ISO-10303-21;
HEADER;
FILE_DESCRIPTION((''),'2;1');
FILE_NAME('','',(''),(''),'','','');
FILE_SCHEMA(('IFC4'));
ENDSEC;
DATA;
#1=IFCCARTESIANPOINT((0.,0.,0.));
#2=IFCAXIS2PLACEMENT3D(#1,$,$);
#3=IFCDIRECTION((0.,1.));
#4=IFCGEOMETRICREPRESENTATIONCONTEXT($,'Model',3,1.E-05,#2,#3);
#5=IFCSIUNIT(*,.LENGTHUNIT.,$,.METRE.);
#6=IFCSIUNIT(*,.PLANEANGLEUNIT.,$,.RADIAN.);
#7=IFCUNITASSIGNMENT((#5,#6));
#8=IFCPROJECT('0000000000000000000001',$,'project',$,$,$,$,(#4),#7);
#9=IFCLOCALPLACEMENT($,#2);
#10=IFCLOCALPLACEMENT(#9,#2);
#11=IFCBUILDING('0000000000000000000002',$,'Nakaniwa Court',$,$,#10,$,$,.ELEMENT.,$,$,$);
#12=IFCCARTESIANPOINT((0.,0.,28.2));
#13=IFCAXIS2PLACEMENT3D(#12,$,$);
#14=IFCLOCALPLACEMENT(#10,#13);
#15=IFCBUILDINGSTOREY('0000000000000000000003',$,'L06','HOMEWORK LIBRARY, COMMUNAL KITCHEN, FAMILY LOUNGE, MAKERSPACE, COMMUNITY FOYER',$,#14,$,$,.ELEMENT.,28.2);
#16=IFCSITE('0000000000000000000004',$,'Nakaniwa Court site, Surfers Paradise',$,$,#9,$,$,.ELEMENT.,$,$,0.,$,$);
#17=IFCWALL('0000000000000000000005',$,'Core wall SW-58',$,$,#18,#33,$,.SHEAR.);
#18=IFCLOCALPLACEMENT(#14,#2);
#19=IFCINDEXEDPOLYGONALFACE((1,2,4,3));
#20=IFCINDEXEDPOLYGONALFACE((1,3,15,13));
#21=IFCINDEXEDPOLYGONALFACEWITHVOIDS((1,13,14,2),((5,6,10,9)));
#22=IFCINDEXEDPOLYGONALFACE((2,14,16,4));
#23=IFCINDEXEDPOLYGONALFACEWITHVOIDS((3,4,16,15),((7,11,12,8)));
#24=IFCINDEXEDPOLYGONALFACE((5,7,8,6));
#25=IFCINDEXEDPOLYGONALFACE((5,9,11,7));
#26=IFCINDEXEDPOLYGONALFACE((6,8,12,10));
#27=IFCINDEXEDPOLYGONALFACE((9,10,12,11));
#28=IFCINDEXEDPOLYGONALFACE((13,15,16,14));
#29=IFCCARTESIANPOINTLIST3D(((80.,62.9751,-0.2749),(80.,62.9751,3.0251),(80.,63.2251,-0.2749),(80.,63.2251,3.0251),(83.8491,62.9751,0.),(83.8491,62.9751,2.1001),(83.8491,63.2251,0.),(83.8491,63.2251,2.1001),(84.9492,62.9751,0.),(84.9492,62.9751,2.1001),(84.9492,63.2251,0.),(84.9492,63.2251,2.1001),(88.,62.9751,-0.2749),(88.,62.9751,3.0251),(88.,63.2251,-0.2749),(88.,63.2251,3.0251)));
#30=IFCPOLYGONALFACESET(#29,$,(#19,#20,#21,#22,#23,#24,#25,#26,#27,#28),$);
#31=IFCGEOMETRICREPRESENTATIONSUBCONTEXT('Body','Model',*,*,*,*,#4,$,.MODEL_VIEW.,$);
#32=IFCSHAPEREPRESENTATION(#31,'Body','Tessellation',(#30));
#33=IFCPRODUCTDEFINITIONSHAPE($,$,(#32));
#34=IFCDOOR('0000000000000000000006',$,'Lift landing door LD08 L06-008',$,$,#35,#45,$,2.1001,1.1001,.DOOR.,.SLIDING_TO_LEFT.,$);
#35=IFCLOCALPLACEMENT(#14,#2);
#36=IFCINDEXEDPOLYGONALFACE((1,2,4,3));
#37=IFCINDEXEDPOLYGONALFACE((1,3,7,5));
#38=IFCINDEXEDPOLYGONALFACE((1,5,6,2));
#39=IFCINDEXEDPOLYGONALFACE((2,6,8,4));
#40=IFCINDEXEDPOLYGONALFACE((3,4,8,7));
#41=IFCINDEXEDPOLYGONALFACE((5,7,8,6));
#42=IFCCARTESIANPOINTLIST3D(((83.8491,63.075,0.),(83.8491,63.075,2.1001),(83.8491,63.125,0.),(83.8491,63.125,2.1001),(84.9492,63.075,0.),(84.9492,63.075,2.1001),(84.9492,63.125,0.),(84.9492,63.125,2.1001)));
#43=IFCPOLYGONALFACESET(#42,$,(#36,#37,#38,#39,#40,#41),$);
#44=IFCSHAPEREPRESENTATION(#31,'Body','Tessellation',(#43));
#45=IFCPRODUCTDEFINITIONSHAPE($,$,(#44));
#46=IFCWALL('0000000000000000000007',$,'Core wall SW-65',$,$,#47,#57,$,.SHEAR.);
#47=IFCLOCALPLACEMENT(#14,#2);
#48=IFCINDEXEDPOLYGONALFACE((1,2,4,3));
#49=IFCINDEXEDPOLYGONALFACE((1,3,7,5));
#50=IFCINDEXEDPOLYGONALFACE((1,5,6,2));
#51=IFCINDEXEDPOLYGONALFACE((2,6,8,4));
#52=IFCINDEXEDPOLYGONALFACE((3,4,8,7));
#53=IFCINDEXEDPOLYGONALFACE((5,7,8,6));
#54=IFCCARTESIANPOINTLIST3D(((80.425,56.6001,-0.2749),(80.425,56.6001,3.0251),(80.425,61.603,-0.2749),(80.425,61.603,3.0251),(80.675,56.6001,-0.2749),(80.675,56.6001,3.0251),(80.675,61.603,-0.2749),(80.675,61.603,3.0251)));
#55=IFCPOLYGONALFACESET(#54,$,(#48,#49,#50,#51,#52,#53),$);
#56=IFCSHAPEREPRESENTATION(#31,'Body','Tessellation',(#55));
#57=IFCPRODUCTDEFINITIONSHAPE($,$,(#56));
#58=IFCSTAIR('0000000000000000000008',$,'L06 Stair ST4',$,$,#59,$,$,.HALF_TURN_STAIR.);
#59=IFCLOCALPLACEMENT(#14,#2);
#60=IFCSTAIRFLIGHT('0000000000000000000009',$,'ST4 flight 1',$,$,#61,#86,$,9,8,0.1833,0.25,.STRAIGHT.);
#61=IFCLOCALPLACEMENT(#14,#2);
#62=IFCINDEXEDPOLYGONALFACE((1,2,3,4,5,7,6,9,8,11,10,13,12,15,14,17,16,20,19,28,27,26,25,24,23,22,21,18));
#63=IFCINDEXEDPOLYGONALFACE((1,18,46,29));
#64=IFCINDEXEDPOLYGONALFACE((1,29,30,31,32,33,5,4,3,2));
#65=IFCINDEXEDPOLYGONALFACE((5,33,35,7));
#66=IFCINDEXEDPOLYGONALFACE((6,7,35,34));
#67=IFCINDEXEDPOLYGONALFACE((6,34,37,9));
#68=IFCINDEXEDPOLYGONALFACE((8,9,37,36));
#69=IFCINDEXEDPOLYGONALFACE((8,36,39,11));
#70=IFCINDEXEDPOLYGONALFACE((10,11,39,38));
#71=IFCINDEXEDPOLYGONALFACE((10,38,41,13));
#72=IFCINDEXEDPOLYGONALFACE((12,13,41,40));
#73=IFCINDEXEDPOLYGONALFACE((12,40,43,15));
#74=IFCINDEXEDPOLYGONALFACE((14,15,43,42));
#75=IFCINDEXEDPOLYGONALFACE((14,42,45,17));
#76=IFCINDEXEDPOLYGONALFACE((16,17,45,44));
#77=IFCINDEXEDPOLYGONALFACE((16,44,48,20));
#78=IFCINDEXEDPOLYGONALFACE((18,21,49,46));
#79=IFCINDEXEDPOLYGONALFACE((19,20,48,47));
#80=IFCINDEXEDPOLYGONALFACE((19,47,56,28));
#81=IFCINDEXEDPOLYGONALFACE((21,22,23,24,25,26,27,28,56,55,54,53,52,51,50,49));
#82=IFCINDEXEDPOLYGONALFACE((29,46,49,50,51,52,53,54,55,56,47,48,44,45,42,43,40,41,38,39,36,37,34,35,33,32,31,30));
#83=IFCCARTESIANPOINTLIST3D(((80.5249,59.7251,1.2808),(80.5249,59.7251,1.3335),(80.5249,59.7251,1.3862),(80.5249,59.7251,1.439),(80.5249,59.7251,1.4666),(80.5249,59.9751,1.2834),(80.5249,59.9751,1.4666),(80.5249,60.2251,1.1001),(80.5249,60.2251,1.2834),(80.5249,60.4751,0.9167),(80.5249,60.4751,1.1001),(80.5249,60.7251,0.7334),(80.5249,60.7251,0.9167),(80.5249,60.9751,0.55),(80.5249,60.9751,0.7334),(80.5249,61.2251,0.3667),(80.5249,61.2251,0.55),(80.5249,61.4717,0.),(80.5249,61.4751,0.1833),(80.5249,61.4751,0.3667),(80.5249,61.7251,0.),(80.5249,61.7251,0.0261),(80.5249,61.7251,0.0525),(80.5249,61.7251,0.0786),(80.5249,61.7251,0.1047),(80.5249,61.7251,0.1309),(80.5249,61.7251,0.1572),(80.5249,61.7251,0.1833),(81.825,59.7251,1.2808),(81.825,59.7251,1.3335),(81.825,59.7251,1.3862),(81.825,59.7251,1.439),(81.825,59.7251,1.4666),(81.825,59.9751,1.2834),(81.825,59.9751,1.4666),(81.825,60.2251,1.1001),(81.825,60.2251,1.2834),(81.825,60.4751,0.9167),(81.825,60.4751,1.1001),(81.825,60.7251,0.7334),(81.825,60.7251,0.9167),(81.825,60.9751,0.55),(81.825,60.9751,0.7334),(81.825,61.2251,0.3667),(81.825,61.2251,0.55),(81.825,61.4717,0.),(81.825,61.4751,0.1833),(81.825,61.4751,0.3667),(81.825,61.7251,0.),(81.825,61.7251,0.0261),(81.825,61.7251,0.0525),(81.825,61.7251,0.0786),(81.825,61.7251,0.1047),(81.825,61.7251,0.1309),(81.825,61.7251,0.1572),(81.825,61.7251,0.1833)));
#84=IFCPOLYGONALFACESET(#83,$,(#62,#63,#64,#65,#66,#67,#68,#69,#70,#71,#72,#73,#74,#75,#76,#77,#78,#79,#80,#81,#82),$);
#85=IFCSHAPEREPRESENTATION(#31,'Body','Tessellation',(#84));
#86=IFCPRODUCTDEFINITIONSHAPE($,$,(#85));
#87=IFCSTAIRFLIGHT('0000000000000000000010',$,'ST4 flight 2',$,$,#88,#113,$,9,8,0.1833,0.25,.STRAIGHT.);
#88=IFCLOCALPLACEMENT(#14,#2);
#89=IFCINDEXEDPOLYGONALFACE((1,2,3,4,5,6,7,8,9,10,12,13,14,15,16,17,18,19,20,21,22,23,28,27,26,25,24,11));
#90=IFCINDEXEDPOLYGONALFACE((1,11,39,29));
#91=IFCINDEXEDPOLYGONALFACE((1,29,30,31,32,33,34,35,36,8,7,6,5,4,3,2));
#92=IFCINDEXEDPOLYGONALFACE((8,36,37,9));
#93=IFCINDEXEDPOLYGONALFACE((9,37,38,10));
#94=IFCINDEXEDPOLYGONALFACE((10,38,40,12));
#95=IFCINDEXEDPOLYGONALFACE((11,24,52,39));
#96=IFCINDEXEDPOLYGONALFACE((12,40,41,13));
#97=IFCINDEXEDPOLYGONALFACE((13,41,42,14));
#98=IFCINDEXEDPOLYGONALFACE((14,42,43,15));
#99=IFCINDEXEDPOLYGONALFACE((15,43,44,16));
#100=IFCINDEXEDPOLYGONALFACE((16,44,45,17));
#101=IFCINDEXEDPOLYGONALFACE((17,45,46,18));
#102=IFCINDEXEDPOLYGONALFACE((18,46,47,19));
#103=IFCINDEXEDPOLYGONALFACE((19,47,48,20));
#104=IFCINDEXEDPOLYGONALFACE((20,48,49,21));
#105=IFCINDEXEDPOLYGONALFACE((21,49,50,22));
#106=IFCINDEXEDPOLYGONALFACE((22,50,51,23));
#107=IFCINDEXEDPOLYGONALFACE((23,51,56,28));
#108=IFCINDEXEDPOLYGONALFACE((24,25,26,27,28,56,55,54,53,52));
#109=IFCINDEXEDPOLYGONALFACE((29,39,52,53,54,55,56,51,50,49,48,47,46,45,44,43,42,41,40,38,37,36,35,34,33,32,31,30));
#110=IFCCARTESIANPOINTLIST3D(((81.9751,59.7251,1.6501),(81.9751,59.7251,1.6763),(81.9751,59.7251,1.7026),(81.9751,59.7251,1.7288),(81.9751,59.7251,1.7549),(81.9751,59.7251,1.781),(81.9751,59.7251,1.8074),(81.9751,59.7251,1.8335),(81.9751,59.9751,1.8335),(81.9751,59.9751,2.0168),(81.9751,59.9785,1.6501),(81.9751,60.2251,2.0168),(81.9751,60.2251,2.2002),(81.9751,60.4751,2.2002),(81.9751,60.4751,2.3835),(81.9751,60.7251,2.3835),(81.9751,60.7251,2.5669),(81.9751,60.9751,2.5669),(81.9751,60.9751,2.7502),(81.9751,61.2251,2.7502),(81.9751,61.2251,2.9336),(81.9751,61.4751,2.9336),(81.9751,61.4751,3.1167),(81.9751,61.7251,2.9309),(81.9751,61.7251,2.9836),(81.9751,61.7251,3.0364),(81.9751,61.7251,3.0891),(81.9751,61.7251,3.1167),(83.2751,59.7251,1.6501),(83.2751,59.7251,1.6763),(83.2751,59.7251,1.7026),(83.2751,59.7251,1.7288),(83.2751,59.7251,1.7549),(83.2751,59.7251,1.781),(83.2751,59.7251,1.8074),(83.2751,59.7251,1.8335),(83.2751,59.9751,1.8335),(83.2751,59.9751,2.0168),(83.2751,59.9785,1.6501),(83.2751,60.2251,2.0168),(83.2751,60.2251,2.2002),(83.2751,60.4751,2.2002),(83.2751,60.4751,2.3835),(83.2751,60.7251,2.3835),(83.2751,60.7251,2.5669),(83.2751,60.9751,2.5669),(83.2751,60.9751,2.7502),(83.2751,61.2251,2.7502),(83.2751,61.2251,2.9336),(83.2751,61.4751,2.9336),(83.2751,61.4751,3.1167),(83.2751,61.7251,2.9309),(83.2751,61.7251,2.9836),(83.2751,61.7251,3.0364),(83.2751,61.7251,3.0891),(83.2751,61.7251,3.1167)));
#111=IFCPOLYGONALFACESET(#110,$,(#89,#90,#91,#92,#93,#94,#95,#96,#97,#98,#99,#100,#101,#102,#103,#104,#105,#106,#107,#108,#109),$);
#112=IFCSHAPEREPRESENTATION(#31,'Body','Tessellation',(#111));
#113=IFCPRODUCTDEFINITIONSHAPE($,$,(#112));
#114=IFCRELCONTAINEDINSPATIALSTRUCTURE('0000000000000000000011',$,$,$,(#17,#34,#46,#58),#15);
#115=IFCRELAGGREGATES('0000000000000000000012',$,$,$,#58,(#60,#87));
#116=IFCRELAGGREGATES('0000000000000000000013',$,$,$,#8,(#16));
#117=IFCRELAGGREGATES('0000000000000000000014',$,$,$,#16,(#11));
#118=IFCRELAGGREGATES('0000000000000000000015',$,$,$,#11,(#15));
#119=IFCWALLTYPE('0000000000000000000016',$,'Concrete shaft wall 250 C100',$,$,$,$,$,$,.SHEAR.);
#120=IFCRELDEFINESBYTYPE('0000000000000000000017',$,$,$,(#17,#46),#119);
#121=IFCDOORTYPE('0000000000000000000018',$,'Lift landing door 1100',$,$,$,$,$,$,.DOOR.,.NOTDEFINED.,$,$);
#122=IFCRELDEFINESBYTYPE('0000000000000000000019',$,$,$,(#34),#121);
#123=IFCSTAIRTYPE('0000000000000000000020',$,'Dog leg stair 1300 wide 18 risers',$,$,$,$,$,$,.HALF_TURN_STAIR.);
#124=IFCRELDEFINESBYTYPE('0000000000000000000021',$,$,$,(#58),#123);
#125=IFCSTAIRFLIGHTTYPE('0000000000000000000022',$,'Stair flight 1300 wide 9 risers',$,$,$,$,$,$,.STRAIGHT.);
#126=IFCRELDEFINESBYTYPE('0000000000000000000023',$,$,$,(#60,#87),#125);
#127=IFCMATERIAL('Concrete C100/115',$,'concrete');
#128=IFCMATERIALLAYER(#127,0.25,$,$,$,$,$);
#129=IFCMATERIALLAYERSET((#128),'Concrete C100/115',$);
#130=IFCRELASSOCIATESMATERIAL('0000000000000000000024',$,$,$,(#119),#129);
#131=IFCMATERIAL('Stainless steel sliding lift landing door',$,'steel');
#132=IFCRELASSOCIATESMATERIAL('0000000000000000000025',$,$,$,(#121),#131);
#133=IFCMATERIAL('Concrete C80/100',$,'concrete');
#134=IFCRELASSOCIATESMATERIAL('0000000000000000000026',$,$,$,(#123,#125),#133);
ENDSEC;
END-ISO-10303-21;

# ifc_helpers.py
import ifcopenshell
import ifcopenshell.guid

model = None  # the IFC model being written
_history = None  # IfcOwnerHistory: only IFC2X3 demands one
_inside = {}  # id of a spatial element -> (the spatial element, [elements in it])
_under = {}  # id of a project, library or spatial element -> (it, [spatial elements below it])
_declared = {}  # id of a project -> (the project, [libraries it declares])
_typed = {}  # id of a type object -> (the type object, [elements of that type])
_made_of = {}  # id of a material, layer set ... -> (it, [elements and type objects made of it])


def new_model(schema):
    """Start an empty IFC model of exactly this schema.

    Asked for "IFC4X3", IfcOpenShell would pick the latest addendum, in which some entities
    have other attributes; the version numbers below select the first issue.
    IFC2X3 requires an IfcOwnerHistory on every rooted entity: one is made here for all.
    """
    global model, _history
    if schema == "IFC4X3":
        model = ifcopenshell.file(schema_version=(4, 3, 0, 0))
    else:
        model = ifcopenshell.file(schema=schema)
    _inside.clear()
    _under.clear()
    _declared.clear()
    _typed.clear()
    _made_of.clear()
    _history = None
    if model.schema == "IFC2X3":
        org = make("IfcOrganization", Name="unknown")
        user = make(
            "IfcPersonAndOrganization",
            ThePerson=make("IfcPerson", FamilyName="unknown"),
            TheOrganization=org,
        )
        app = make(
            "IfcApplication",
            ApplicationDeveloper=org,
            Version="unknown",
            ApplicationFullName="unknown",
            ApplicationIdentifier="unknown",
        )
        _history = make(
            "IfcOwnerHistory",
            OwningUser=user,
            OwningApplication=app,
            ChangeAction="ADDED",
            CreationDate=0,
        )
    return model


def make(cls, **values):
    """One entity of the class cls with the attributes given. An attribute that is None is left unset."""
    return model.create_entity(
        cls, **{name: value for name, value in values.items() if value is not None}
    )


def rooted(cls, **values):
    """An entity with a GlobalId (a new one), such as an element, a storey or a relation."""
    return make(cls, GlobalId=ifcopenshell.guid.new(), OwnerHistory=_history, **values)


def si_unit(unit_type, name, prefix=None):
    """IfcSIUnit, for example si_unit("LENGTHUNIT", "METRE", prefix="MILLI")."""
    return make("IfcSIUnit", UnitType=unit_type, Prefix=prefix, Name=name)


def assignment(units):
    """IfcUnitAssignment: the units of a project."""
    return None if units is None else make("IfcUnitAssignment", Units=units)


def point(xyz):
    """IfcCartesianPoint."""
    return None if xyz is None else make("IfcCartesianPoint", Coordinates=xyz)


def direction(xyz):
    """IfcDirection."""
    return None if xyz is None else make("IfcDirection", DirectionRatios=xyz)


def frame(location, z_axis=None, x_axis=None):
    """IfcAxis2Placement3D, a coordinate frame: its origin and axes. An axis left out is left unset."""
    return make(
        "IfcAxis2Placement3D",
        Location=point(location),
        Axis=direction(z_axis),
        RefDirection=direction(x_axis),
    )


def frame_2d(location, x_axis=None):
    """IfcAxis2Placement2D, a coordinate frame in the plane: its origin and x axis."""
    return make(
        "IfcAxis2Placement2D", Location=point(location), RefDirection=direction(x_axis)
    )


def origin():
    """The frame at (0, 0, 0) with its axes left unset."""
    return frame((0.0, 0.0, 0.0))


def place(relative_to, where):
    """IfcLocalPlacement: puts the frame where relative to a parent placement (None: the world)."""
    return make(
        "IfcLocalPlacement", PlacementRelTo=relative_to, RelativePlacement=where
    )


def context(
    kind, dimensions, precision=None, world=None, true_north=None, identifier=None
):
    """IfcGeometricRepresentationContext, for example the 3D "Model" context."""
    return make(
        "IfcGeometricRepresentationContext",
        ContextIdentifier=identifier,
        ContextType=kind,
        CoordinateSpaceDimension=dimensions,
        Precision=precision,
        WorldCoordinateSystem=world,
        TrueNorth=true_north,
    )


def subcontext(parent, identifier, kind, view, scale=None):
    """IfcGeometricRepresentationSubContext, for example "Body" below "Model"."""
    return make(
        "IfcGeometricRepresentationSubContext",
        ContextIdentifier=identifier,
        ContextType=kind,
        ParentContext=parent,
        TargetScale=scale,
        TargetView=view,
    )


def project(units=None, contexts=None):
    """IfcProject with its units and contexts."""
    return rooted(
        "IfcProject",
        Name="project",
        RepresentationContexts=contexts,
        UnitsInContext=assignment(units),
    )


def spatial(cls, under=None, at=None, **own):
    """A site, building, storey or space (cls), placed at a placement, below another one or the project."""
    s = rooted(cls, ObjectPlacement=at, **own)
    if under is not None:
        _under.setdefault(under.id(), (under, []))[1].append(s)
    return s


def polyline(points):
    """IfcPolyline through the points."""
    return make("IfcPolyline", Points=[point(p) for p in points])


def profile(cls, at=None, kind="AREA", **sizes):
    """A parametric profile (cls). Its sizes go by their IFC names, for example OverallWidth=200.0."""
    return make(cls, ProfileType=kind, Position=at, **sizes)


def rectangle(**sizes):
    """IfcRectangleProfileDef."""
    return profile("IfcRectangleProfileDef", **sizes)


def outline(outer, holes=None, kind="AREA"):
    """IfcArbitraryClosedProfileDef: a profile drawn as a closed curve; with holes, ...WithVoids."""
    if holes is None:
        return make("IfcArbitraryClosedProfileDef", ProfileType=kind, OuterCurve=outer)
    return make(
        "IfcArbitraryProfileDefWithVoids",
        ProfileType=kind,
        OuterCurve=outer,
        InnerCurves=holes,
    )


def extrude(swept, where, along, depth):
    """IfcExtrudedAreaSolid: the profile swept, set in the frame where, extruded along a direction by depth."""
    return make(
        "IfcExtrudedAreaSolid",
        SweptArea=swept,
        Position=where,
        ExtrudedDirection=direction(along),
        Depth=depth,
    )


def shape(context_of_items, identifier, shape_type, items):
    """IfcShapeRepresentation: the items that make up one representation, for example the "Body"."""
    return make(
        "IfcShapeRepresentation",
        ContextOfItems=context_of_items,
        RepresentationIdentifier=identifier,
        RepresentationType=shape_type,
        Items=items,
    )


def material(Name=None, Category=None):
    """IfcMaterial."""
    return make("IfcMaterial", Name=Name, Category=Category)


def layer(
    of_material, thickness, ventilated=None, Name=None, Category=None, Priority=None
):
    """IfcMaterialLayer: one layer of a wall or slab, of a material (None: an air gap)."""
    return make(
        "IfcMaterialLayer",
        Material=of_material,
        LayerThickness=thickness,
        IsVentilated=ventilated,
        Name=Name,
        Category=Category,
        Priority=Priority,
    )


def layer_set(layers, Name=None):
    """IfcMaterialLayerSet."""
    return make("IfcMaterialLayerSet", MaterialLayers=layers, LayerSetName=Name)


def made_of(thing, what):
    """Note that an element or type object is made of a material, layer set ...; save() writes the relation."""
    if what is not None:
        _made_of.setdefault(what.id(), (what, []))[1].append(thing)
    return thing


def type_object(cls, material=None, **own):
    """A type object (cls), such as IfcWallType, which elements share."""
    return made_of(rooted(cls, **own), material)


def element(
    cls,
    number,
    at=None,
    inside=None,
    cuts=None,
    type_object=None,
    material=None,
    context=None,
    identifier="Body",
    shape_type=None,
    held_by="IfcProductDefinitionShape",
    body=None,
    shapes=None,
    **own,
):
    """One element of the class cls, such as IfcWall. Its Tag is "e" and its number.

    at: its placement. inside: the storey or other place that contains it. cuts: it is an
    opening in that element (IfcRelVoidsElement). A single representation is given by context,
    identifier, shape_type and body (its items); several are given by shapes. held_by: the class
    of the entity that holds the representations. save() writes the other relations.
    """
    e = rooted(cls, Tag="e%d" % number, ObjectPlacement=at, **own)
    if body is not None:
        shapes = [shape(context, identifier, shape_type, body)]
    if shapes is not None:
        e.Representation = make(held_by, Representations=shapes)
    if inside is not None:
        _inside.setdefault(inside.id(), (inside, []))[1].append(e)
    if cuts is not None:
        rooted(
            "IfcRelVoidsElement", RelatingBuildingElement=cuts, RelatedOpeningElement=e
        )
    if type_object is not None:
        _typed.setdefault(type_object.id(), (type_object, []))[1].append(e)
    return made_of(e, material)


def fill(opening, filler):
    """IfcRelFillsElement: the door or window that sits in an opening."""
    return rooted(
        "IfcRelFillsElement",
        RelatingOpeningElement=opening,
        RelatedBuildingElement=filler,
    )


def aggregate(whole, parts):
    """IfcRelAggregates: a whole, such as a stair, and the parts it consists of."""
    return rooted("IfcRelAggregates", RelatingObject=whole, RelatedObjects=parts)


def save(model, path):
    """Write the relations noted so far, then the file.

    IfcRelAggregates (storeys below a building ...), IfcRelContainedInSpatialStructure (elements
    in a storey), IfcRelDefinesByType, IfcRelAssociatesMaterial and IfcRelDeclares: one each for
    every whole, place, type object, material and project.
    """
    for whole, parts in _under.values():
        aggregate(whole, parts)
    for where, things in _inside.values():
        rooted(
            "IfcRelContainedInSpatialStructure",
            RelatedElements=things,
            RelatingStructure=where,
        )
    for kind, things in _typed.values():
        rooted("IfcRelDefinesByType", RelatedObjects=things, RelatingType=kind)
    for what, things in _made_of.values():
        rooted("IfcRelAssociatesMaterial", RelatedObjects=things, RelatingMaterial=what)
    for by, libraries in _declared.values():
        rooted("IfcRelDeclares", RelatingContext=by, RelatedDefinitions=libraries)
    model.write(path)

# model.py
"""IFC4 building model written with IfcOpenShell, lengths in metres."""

from ifc_helpers import new_model, si_unit, direction, frame, frame_2d, origin, place, context, subcontext, project, spatial, polyline, rectangle, outline, extrude, material, layer, layer_set, type_object, element, fill, aggregate, save


model = new_model("IFC4")

# Units and contexts
model_context = context("Model", 3, precision=1e-05, world=origin(), true_north=direction((0.0, 1.0)))
body_context = subcontext(model_context, "Body", "Model", "MODEL_VIEW")
ifc_project = project(units=[si_unit("LENGTHUNIT", "METRE"), si_unit("PLANEANGLEUNIT", "RADIAN")], contexts=[model_context])

# Site, building, storey
site_placement = place(None, origin())
site = spatial("IfcSite", under=ifc_project, at=site_placement, Name="Nakaniwa Court site, Surfers Paradise", CompositionType="ELEMENT", RefElevation=0.0)
building_placement = place(site_placement, origin())
building = spatial("IfcBuilding", under=site, at=building_placement, Name="Nakaniwa Court", CompositionType="ELEMENT")
storey_placement = place(building_placement, frame((0.0, 0.0, 28.2)))
storey = spatial("IfcBuildingStorey", under=building, at=storey_placement, Name="L06", Description="HOMEWORK LIBRARY, COMMUNAL KITCHEN, FAMILY LOUNGE, MAKERSPACE, COMMUNITY FOYER", CompositionType="ELEMENT", Elevation=28.2)

# Shared definitions
ifc_material_1 = material(Name="Concrete C80/100", Category="concrete")

# Shared definitions
ifc_material_2 = material(Name="Concrete C100/115", Category="concrete")
ifc_layer_1 = layer(ifc_material_2, 0.25)
ifc_layer_set_1 = layer_set([ifc_layer_1], Name="Concrete C100/115")
wall_type_1 = type_object("IfcWallType", Name="Concrete shaft wall 250 C100", PredefinedType="SHEAR", material=ifc_layer_set_1)

# Wall, opening, door
wall_1_placement = place(storey_placement, frame((80.0, 63.1001, -0.2749), z_axis=(0.0, 0.0, 1.0), x_axis=(1.0, 0.0, 0.0)))
wall_1 = element("IfcWall", 1, at=wall_1_placement, inside=storey, type_object=wall_type_1, Name="Core wall SW-58", PredefinedType="SHEAR", context=body_context, shape_type="SweptSolid", body=[
    extrude(rectangle(XDim=8.0, YDim=0.25, at=frame_2d((4.0, 0.0))), origin(), (0.0, 0.0, 1.0), 3.3),
])
opening_1_placement = place(wall_1_placement, frame((3.8491, 0.0, 0.2749)))
opening_1 = element("IfcOpeningElement", 2, at=opening_1_placement, cuts=wall_1, PredefinedType="OPENING", context=body_context, shape_type="SweptSolid", body=[
    extrude(rectangle(XDim=1.1001, YDim=2.1001, at=frame_2d((0.55, 1.05))), frame((0.0, 0.135, 0.0), z_axis=(0.0, -1.0, 0.0), x_axis=(1.0, 0.0, 0.0)), (0.0, 0.0, 1.0), 0.27),
])
ifc_material_3 = material(Name="Stainless steel sliding lift landing door", Category="steel")
door_type_1 = type_object("IfcDoorType", Name="Lift landing door 1100", OperationType="NOTDEFINED", PredefinedType="DOOR", material=ifc_material_3)
door_1_placement = place(opening_1_placement, origin())
door_1 = element("IfcDoor", 3, at=door_1_placement, inside=storey, type_object=door_type_1, Name="Lift landing door LD08 L06-008", OperationType="SLIDING_TO_LEFT", OverallHeight=2.1001, OverallWidth=1.1001, PredefinedType="DOOR", context=body_context, shape_type="SweptSolid", body=[
    extrude(rectangle(XDim=1.1001, YDim=2.1001, at=frame_2d((0.55, 1.05))), frame((0.0, 0.0249, 0.0), z_axis=(0.0, -1.0, 0.0), x_axis=(1.0, 0.0, 0.0)), (0.0, 0.0, 1.0), 0.05),
])
fill(opening_1, door_1)

# Wall
wall_2_placement = place(storey_placement, frame((80.55, 56.6001, -0.2749), z_axis=(0.0, 0.0, 1.0), x_axis=(0.0, 1.0, 0.0)))
element("IfcWall", 4, at=wall_2_placement, inside=storey, type_object=wall_type_1, Name="Core wall SW-65", PredefinedType="SHEAR", context=body_context, shape_type="SweptSolid", body=[
    extrude(rectangle(XDim=5.0029, YDim=0.25, at=frame_2d((2.5015, 0.0))), origin(), (0.0, 0.0, 1.0), 3.3),
])

# Stair, stair flights
stair_type = type_object("IfcStairType", Name="Dog leg stair 1300 wide 18 risers", PredefinedType="HALF_TURN_STAIR", material=ifc_material_1)
stair_placement = place(storey_placement, origin())
stair = element("IfcStair", 5, at=stair_placement, inside=storey, type_object=stair_type, Name="L06 Stair ST4", PredefinedType="HALF_TURN_STAIR")
stair_flight_type = type_object("IfcStairFlightType", Name="Stair flight 1300 wide 9 risers", PredefinedType="STRAIGHT", material=ifc_material_1)
stair_flight_1_placement = place(storey_placement, frame((81.175, 61.7251, 0.0), z_axis=(0.0, 0.0, 1.0), x_axis=(0.0, -1.0, 0.0)))
stair_flight_1 = element("IfcStairFlight", 6, at=stair_flight_1_placement, type_object=stair_flight_type, Name="ST4 flight 1", NumberOfRisers=9, NumberOfTreads=8, PredefinedType="STRAIGHT", RiserHeight=0.1833, TreadLength=0.25, context=body_context, shape_type="SweptSolid", body=[
    extrude(outline(polyline([(0.0, 0.0), (0.0, 0.0261), (0.0, 0.0525), (0.0, 0.0786), (0.0, 0.1047), (0.0, 0.1309), (0.0, 0.1572), (0.0, 0.1833), (0.25, 0.1833), (0.25, 0.3667), (0.5, 0.3667), (0.5, 0.55), (0.75, 0.55), (0.75, 0.7334), (1.0, 0.7334), (1.0, 0.9167), (1.25, 0.9167), (1.25, 1.1001), (1.5, 1.1001), (1.5, 1.2834), (1.75, 1.2834), (1.75, 1.4666), (2.0, 1.4666), (2.0, 1.6499), (2.0, 1.5972), (2.0, 1.5444), (2.0, 1.4917), (2.0, 1.439), (2.0, 1.3862), (2.0, 1.3335), (2.0, 1.2808), (0.2534, 0.0), (0.0, 0.0)])), frame((0.0, 0.6499, 0.0), z_axis=(0.0, -1.0, 0.0), x_axis=(1.0, 0.0, 0.0)), (0.0, 0.0, 1.0), 1.3),
])
stair_flight_2_placement = place(storey_placement, frame((82.625, 59.7251, 1.6501), z_axis=(0.0, 0.0, 1.0), x_axis=(0.0, 1.0, 0.0)))
stair_flight_2 = element("IfcStairFlight", 7, at=stair_flight_2_placement, type_object=stair_flight_type, Name="ST4 flight 2", NumberOfRisers=9, NumberOfTreads=8, PredefinedType="STRAIGHT", RiserHeight=0.1833, TreadLength=0.25, context=body_context, shape_type="SweptSolid", body=[
    extrude(outline(polyline([(0.0, 0.0), (0.0, 0.0261), (0.0, 0.0525), (0.0, 0.0786), (0.0, 0.1047), (0.0, 0.1309), (0.0, 0.1572), (0.0, 0.1833), (0.25, 0.1833), (0.25, 0.3667), (0.5, 0.3667), (0.5, 0.55), (0.75, 0.55), (0.75, 0.7334), (1.0, 0.7334), (1.0, 0.9167), (1.25, 0.9167), (1.25, 1.1001), (1.5, 1.1001), (1.5, 1.2834), (1.75, 1.2834), (1.75, 1.4666), (2.0, 1.4666), (2.0, 1.6499), (2.0, 1.5972), (2.0, 1.5444), (2.0, 1.4917), (2.0, 1.439), (2.0, 1.3862), (2.0, 1.3335), (2.0, 1.2808), (0.2534, 0.0), (0.0, 0.0)])), frame((0.0, 0.6499, 0.0), z_axis=(0.0, -1.0, 0.0), x_axis=(1.0, 0.0, 0.0)), (0.0, 0.0, 1.0), 1.3),
])
aggregate(stair, [stair_flight_1, stair_flight_2])

save(model, "model.ifc")
